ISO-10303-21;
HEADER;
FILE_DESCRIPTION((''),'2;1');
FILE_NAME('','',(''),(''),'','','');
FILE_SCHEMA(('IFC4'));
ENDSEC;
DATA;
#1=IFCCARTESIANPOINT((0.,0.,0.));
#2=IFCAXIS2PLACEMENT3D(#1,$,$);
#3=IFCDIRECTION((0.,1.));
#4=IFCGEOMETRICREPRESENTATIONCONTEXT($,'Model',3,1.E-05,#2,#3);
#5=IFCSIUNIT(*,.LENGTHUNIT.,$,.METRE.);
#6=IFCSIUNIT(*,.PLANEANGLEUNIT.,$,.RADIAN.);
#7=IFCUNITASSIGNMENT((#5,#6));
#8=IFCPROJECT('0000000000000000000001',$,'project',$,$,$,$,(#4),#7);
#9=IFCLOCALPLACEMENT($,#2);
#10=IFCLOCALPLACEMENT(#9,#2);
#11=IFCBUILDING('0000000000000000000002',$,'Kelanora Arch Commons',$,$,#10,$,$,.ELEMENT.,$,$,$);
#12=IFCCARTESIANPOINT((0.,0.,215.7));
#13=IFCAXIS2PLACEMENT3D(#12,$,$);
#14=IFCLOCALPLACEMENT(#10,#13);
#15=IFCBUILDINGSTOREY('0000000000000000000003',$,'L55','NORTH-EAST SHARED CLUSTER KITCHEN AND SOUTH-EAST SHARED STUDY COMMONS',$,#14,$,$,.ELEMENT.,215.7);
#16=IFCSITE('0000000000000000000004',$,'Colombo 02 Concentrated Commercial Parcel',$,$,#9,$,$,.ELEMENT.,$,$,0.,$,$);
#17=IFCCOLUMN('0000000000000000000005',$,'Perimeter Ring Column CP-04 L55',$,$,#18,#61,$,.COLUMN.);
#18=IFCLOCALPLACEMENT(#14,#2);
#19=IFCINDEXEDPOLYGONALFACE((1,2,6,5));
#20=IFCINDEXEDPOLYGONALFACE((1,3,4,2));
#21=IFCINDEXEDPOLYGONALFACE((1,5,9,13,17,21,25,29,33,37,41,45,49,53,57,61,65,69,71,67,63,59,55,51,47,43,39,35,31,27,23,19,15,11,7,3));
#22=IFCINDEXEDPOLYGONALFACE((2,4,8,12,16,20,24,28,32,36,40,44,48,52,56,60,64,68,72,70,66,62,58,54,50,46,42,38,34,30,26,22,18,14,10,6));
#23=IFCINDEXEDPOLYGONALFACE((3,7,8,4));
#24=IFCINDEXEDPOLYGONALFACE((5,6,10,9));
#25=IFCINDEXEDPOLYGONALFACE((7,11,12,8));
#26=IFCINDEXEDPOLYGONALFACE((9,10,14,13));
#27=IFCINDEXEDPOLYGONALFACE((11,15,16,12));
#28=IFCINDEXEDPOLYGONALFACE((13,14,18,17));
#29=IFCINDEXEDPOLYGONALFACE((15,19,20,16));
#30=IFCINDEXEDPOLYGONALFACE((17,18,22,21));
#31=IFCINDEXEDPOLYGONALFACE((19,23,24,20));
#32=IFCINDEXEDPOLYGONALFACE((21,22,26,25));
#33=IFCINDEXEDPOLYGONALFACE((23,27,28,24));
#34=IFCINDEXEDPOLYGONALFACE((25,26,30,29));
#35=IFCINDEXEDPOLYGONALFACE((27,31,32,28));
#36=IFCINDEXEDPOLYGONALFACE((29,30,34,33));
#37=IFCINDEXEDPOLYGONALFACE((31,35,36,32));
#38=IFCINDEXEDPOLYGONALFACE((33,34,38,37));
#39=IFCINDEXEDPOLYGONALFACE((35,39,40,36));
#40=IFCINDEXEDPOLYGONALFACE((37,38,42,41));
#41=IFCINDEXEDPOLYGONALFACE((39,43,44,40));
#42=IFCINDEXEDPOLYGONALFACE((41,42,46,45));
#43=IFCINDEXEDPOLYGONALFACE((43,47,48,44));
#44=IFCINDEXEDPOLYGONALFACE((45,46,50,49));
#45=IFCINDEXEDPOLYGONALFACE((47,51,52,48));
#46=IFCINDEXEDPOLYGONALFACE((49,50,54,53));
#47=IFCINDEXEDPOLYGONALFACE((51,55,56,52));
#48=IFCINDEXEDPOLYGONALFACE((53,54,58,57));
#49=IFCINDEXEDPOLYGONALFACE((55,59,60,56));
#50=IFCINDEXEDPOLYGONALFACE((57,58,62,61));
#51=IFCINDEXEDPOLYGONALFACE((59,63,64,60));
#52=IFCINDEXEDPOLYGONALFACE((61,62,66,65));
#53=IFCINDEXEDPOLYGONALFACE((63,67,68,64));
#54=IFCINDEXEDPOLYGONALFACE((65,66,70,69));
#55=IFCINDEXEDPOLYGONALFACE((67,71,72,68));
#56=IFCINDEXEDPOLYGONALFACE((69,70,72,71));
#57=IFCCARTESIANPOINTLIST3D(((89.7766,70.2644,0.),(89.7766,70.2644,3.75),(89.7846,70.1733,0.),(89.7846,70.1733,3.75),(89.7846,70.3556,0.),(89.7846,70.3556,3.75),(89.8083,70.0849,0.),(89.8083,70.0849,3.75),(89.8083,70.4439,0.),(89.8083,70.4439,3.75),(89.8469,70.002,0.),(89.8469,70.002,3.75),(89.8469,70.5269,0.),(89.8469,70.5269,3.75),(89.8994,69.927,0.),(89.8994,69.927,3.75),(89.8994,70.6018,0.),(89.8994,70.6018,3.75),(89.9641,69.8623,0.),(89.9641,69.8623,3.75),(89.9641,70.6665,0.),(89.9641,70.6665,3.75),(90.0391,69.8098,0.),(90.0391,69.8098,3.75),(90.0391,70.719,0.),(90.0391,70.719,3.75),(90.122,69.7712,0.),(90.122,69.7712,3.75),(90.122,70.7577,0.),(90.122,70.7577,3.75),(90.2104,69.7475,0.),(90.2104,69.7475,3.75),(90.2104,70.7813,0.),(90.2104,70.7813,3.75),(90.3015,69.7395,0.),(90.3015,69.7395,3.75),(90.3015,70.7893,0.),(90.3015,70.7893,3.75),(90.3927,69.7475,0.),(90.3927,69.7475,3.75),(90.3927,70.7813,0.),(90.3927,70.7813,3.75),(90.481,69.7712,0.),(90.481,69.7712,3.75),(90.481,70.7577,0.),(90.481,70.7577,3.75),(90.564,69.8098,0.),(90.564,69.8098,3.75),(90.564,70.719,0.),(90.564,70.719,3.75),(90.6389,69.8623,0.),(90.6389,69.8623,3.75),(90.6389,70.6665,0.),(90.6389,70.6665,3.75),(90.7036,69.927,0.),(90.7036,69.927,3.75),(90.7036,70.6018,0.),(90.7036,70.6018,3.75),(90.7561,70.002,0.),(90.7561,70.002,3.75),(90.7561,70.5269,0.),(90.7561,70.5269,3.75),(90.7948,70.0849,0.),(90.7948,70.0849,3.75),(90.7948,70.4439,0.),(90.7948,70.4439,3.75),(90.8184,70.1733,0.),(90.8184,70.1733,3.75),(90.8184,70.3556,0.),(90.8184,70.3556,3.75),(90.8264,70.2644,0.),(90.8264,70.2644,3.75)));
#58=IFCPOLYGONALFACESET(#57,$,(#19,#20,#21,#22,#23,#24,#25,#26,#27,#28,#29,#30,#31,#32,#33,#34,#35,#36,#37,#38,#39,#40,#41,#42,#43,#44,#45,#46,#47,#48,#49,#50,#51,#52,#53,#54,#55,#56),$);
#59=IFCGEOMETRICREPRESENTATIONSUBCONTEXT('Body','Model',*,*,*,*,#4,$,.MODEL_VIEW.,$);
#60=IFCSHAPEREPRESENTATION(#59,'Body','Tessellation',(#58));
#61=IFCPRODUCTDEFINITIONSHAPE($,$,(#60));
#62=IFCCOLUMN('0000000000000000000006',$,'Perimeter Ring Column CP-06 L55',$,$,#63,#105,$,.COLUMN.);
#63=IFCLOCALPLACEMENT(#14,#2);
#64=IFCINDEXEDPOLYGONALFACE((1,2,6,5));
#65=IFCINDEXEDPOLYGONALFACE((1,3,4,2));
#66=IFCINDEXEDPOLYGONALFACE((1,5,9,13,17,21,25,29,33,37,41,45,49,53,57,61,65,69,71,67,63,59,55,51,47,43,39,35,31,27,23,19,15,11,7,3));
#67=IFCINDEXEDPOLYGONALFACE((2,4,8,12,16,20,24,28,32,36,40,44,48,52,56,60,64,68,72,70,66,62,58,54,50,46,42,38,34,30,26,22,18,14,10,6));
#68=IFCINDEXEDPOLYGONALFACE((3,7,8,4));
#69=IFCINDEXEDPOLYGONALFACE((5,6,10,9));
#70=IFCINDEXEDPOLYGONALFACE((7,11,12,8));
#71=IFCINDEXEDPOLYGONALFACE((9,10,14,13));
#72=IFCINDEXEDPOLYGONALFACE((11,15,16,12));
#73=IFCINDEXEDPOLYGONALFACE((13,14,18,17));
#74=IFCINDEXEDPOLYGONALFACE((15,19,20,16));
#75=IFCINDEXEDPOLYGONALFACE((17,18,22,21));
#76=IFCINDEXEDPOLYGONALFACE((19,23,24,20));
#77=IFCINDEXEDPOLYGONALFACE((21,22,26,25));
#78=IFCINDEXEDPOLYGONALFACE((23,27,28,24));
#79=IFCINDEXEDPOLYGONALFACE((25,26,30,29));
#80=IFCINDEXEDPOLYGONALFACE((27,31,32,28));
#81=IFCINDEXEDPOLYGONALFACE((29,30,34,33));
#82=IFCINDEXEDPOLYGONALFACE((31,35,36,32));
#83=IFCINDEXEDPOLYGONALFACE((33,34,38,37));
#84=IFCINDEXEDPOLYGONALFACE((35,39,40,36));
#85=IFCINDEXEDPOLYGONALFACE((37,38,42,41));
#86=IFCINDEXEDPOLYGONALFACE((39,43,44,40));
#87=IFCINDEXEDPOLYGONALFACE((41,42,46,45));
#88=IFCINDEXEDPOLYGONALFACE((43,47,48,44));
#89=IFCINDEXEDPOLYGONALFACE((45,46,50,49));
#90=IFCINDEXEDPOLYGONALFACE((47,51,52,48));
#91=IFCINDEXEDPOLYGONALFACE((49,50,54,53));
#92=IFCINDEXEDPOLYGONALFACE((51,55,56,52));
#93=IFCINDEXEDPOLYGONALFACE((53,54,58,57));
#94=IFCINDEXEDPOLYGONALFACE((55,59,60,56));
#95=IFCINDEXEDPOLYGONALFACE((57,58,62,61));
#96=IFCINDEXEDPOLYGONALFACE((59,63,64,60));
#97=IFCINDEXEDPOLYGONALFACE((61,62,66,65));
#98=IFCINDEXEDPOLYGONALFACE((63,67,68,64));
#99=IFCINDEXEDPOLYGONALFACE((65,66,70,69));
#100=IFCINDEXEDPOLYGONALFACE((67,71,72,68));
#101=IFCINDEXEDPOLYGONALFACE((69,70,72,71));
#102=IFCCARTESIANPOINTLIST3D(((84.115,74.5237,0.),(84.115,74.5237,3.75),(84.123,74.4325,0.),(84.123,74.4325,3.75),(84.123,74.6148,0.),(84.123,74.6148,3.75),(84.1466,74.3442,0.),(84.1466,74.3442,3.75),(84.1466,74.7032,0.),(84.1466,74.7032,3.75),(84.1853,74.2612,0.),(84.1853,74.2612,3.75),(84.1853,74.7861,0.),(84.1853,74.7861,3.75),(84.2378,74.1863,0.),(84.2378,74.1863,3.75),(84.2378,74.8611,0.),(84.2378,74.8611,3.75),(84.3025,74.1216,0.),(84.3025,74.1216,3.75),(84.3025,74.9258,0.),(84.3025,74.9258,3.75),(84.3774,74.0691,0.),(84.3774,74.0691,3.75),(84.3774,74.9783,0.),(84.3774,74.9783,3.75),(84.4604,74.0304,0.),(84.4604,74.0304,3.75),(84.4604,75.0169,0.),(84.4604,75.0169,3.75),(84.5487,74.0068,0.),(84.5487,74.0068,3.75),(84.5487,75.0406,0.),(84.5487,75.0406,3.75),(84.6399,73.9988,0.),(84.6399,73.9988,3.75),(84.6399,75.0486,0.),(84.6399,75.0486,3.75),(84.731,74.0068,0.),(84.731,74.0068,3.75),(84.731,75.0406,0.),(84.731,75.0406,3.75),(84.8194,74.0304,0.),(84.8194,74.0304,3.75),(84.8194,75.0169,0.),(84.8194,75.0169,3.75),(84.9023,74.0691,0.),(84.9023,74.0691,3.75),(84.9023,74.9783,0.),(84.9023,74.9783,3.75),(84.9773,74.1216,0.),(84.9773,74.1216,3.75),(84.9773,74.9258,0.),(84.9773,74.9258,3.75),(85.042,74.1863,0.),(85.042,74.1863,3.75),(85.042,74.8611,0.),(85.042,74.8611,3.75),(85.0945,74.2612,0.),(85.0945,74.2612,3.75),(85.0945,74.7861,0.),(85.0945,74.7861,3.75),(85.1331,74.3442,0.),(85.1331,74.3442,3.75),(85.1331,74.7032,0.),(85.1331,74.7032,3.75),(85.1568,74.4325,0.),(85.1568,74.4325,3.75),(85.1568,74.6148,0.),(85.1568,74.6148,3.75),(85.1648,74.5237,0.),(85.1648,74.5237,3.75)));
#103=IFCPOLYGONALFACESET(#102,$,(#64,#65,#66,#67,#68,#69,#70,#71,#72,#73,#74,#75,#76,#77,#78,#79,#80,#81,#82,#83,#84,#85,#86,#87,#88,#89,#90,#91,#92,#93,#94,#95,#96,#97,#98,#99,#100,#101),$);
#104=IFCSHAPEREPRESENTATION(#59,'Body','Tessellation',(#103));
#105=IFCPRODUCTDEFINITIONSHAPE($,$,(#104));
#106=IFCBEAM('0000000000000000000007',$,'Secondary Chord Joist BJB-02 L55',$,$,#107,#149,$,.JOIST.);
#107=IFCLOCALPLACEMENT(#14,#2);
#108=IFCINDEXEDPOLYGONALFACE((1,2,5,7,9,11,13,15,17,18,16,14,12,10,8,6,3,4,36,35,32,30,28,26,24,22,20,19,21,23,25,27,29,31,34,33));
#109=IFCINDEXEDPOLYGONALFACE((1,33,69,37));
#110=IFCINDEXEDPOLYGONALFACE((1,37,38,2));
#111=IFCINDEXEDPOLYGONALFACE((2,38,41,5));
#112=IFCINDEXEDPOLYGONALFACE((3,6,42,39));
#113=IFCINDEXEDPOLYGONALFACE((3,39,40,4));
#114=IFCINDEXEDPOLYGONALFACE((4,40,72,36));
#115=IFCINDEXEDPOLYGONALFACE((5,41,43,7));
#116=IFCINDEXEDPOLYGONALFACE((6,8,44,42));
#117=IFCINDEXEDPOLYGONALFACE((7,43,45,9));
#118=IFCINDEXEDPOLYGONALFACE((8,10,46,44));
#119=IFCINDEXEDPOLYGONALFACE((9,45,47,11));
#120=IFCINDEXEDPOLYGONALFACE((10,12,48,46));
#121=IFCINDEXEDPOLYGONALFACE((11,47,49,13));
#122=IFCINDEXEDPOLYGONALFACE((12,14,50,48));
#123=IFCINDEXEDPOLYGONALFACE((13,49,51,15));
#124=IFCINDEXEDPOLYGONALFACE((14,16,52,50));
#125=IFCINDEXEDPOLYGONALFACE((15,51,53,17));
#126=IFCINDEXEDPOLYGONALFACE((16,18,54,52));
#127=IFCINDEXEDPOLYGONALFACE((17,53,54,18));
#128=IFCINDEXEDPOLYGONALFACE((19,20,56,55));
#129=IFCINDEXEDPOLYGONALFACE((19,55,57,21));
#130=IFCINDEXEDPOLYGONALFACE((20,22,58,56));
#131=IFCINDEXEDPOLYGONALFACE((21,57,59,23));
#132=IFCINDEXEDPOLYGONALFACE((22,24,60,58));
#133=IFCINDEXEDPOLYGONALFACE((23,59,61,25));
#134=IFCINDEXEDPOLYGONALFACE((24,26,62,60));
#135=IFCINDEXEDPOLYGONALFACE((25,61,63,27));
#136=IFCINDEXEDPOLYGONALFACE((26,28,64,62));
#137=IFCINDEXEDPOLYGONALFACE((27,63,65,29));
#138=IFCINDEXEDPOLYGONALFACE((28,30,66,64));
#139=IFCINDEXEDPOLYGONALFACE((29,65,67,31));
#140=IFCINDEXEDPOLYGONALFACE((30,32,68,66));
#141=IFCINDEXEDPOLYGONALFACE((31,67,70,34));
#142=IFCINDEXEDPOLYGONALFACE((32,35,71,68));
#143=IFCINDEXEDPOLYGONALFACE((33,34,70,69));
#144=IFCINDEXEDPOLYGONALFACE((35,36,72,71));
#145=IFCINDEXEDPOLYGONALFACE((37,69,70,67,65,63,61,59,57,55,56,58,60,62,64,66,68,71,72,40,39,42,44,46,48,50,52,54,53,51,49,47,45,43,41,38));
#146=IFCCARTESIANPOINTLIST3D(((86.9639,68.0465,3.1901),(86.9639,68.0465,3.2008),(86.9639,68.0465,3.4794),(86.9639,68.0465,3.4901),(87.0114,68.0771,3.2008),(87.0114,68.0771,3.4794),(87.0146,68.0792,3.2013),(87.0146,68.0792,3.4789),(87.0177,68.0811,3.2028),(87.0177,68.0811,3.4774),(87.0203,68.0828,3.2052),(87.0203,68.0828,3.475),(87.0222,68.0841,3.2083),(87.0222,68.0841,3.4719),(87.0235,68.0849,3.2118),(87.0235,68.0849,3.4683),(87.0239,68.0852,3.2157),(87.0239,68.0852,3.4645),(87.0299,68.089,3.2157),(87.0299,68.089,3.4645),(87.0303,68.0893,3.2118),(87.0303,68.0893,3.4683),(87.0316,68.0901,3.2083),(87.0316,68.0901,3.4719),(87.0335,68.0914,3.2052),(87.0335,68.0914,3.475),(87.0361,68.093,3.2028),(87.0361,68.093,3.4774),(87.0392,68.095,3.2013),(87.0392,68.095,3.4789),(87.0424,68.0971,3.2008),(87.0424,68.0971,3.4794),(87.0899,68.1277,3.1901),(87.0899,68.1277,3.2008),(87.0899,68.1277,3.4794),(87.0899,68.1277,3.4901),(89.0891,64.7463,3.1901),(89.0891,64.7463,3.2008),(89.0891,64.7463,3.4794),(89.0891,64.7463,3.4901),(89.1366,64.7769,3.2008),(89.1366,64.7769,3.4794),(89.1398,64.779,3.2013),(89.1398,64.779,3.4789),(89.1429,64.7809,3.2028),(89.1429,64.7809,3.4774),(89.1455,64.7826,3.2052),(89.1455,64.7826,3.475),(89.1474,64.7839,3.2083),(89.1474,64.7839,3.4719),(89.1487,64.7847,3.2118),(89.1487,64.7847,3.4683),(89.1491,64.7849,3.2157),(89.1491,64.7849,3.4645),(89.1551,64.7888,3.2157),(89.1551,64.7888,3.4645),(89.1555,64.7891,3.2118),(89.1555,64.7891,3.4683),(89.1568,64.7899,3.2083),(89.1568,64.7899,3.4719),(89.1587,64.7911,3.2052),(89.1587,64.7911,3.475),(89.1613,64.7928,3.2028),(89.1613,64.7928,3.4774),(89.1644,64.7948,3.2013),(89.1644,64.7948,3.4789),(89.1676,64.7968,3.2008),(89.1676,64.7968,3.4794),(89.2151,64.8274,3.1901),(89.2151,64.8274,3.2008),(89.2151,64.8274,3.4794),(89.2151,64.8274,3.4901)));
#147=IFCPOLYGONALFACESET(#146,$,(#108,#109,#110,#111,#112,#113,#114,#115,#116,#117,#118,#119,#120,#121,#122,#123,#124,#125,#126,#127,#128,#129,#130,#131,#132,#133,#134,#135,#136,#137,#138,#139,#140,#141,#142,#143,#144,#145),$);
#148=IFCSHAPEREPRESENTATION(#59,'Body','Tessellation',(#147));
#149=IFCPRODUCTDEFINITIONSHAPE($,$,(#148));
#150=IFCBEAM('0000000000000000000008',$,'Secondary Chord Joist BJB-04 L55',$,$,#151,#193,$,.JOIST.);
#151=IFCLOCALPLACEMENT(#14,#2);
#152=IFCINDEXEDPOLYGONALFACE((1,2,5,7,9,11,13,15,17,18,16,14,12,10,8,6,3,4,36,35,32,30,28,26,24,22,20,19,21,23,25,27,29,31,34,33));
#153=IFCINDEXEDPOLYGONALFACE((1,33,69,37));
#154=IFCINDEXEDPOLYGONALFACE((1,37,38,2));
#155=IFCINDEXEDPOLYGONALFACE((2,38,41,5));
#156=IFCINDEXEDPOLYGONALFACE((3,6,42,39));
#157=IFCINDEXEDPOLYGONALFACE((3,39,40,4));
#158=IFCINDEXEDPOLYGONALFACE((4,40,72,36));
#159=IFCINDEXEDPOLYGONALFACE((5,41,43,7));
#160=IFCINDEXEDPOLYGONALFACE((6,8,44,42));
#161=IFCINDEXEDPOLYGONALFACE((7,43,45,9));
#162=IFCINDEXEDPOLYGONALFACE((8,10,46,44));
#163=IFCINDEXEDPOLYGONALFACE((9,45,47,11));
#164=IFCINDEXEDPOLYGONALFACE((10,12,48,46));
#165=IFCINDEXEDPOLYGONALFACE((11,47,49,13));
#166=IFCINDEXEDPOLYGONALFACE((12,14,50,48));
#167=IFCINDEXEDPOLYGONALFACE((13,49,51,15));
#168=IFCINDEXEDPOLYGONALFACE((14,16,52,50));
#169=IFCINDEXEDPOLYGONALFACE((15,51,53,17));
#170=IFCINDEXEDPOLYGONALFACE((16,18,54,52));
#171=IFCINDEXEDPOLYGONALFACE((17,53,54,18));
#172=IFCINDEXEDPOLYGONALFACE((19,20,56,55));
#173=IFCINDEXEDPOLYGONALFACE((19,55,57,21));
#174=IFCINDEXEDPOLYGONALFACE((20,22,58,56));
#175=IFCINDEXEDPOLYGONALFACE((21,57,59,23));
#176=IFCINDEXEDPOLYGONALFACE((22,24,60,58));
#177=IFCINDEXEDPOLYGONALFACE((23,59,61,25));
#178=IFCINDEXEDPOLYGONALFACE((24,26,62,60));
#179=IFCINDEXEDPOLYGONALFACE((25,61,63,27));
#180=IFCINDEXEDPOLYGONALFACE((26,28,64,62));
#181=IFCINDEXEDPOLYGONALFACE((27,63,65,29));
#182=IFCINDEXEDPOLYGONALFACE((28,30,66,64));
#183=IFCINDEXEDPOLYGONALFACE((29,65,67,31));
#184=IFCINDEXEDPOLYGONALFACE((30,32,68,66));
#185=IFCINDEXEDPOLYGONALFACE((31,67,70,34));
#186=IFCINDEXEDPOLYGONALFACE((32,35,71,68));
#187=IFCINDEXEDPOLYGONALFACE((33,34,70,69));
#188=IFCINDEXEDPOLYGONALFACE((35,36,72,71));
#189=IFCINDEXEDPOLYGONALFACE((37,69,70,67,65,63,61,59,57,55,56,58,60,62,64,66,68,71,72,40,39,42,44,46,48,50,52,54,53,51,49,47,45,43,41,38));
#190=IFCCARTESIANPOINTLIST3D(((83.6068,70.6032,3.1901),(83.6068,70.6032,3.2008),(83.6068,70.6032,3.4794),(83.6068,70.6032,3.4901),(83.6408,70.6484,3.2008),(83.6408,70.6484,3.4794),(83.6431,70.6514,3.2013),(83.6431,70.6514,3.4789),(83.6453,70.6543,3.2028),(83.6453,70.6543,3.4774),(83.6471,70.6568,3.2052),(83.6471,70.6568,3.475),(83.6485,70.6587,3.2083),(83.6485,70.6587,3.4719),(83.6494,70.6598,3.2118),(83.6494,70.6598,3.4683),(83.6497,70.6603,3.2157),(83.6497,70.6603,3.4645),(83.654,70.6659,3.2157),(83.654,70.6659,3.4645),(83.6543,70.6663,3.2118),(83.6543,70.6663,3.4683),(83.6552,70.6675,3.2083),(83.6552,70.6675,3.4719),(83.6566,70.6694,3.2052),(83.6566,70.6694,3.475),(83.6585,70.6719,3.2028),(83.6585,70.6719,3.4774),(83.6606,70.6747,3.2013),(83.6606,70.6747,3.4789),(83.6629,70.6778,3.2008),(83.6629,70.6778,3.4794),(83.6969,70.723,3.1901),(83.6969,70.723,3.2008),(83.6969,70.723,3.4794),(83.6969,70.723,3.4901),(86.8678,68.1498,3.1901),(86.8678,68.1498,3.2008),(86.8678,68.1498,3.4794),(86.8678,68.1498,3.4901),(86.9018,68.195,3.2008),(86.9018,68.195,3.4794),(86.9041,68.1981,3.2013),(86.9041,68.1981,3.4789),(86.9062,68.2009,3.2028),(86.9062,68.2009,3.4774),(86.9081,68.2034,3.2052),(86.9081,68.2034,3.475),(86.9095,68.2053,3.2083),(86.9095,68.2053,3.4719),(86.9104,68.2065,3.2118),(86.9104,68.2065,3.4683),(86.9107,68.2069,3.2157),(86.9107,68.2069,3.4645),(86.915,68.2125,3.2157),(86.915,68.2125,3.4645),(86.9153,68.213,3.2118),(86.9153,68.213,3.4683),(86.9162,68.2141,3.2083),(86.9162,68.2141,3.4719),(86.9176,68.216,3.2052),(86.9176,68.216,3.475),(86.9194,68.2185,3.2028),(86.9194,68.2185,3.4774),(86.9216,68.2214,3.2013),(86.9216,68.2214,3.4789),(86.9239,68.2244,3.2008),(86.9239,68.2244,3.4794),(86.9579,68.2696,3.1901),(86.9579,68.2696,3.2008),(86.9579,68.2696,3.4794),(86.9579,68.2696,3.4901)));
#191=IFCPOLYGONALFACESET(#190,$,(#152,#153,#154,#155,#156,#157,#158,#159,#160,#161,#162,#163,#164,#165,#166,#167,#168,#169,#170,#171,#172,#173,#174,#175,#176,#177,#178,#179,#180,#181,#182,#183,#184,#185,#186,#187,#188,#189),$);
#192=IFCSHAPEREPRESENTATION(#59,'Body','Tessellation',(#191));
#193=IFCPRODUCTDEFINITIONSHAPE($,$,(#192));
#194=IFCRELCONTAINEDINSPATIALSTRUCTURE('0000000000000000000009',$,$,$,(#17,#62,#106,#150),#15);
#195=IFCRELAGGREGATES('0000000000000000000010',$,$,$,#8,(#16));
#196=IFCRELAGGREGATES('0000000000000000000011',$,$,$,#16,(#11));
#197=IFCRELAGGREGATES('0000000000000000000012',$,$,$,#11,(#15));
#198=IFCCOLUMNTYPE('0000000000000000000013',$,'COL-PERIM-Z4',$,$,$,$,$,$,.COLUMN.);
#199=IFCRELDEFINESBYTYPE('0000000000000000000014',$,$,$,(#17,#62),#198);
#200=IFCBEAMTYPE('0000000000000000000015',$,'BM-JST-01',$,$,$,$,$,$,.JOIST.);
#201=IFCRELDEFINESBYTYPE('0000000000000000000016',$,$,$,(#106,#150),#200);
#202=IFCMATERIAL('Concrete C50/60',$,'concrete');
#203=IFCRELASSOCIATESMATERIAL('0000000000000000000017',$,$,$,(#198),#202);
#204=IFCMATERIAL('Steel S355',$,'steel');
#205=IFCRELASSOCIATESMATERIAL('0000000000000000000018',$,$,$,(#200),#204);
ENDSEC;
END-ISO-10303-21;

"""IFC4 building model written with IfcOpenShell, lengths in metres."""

from ifc_helpers import new_model, si_unit, direction, frame, origin, origin_2d, place, context, subcontext, project, spatial, circle, i_section, extrude, material, material_profile, profile_set, type_object, element, save


model = new_model("IFC4")

# Units and contexts
model_context = context("Model", 3, precision=1e-05, world=origin(), true_north=direction((0.0, 1.0)))
body_context = subcontext(model_context, "Body", "Model", "MODEL_VIEW")
ifc_project = project(units=[si_unit("LENGTHUNIT", "METRE"), si_unit("PLANEANGLEUNIT", "RADIAN")], contexts=[model_context])

# Site, building, storey
site_placement = place(None, origin())
site = spatial("IfcSite", under=ifc_project, at=site_placement, Name="Colombo 02 Concentrated Commercial Parcel", CompositionType="ELEMENT", RefElevation=0.0)
building_placement = place(site_placement, origin())
building = spatial("IfcBuilding", under=site, at=building_placement, Name="Kelanora Arch Commons", CompositionType="ELEMENT")
storey_placement = place(building_placement, frame((0.0, 0.0, 215.7)))
storey = spatial("IfcBuildingStorey", under=building, at=storey_placement, Name="L55", Description="NORTH-EAST SHARED CLUSTER KITCHEN AND SOUTH-EAST SHARED STUDY COMMONS", CompositionType="ELEMENT", Elevation=215.7)

# Columns
ifc_material_1 = material(Name="Concrete C50/60", Category="concrete")
ifc_material_profile_1 = material_profile(ifc_material_1, circle(Radius=0.5249, at=origin_2d()), Name="RCC1050")
ifc_profile_set_1 = profile_set([ifc_material_profile_1], Name="Concrete C50/60")
column_type = type_object("IfcColumnType", Name="COL-PERIM-Z4", PredefinedType="COLUMN", material=ifc_profile_set_1)
for number, where, z_axis, x_axis, name in (
    (1, (90.3015, 70.2644, 0.0), (0.0, 0.0, 1.0), (1.0, 0.0, 0.0), "Perimeter Ring Column CP-04 L55"),
    (2, (84.6399, 74.5237, 0.0), (0.0, 0.0, 1.0), (1.0, 0.0, 0.0), "Perimeter Ring Column CP-06 L55"),
):
    element("IfcColumn", number, at=place(storey_placement, frame(where, z_axis=z_axis, x_axis=x_axis)), inside=storey, type_object=column_type, Name=name, PredefinedType="COLUMN", context=body_context, shape_type="SweptSolid", body=[
        extrude(circle(Radius=0.5249, at=origin_2d()), origin(), (0.0, 0.0, 1.0), 3.75),
    ])

# Beams
ifc_material_2 = material(Name="Steel S355", Category="steel")
ifc_material_profile_2 = material_profile(ifc_material_2, i_section(OverallWidth=0.1499, OverallDepth=0.3, WebThickness=0.0071, FlangeThickness=0.0107, FilletRadius=0.0149, at=origin_2d()), Name="IPE300")
ifc_profile_set_2 = profile_set([ifc_material_profile_2], Name="Steel S355")
beam_type_1 = type_object("IfcBeamType", Name="BM-JST-01", PredefinedType="JOIST", material=ifc_profile_set_2)
beam_1_placement = place(storey_placement, frame((89.1521, 64.7869, 3.3401), z_axis=(-0.541411, 0.840758, 0.0), x_axis=(-0.840758, -0.541411, 0.0)))
element("IfcBeam", 3, at=beam_1_placement, inside=storey, type_object=beam_type_1, Name="Secondary Chord Joist BJB-02 L55", PredefinedType="JOIST", context=body_context, shape_type="SweptSolid", body=[
    extrude(i_section(OverallWidth=0.1499, OverallDepth=0.3, WebThickness=0.0071, FlangeThickness=0.0107, FilletRadius=0.0149, at=origin_2d()), origin(), (0.0, 0.0, 1.0), 3.9253),
])
beam_2_placement = place(storey_placement, frame((86.9128, 68.2097, 3.3401), z_axis=(-0.799102, 0.601196, 0.0), x_axis=(-0.601196, -0.799102, 0.0)))
element("IfcBeam", 4, at=beam_2_placement, inside=storey, type_object=beam_type_1, Name="Secondary Chord Joist BJB-04 L55", PredefinedType="JOIST", context=body_context, shape_type="SweptSolid", body=[
    extrude(i_section(OverallWidth=0.1499, OverallDepth=0.3, WebThickness=0.0071, FlangeThickness=0.0107, FilletRadius=0.0149, at=origin_2d()), origin(), (0.0, 0.0, 1.0), 4.0808),
])

save(model, "model.ifc")
